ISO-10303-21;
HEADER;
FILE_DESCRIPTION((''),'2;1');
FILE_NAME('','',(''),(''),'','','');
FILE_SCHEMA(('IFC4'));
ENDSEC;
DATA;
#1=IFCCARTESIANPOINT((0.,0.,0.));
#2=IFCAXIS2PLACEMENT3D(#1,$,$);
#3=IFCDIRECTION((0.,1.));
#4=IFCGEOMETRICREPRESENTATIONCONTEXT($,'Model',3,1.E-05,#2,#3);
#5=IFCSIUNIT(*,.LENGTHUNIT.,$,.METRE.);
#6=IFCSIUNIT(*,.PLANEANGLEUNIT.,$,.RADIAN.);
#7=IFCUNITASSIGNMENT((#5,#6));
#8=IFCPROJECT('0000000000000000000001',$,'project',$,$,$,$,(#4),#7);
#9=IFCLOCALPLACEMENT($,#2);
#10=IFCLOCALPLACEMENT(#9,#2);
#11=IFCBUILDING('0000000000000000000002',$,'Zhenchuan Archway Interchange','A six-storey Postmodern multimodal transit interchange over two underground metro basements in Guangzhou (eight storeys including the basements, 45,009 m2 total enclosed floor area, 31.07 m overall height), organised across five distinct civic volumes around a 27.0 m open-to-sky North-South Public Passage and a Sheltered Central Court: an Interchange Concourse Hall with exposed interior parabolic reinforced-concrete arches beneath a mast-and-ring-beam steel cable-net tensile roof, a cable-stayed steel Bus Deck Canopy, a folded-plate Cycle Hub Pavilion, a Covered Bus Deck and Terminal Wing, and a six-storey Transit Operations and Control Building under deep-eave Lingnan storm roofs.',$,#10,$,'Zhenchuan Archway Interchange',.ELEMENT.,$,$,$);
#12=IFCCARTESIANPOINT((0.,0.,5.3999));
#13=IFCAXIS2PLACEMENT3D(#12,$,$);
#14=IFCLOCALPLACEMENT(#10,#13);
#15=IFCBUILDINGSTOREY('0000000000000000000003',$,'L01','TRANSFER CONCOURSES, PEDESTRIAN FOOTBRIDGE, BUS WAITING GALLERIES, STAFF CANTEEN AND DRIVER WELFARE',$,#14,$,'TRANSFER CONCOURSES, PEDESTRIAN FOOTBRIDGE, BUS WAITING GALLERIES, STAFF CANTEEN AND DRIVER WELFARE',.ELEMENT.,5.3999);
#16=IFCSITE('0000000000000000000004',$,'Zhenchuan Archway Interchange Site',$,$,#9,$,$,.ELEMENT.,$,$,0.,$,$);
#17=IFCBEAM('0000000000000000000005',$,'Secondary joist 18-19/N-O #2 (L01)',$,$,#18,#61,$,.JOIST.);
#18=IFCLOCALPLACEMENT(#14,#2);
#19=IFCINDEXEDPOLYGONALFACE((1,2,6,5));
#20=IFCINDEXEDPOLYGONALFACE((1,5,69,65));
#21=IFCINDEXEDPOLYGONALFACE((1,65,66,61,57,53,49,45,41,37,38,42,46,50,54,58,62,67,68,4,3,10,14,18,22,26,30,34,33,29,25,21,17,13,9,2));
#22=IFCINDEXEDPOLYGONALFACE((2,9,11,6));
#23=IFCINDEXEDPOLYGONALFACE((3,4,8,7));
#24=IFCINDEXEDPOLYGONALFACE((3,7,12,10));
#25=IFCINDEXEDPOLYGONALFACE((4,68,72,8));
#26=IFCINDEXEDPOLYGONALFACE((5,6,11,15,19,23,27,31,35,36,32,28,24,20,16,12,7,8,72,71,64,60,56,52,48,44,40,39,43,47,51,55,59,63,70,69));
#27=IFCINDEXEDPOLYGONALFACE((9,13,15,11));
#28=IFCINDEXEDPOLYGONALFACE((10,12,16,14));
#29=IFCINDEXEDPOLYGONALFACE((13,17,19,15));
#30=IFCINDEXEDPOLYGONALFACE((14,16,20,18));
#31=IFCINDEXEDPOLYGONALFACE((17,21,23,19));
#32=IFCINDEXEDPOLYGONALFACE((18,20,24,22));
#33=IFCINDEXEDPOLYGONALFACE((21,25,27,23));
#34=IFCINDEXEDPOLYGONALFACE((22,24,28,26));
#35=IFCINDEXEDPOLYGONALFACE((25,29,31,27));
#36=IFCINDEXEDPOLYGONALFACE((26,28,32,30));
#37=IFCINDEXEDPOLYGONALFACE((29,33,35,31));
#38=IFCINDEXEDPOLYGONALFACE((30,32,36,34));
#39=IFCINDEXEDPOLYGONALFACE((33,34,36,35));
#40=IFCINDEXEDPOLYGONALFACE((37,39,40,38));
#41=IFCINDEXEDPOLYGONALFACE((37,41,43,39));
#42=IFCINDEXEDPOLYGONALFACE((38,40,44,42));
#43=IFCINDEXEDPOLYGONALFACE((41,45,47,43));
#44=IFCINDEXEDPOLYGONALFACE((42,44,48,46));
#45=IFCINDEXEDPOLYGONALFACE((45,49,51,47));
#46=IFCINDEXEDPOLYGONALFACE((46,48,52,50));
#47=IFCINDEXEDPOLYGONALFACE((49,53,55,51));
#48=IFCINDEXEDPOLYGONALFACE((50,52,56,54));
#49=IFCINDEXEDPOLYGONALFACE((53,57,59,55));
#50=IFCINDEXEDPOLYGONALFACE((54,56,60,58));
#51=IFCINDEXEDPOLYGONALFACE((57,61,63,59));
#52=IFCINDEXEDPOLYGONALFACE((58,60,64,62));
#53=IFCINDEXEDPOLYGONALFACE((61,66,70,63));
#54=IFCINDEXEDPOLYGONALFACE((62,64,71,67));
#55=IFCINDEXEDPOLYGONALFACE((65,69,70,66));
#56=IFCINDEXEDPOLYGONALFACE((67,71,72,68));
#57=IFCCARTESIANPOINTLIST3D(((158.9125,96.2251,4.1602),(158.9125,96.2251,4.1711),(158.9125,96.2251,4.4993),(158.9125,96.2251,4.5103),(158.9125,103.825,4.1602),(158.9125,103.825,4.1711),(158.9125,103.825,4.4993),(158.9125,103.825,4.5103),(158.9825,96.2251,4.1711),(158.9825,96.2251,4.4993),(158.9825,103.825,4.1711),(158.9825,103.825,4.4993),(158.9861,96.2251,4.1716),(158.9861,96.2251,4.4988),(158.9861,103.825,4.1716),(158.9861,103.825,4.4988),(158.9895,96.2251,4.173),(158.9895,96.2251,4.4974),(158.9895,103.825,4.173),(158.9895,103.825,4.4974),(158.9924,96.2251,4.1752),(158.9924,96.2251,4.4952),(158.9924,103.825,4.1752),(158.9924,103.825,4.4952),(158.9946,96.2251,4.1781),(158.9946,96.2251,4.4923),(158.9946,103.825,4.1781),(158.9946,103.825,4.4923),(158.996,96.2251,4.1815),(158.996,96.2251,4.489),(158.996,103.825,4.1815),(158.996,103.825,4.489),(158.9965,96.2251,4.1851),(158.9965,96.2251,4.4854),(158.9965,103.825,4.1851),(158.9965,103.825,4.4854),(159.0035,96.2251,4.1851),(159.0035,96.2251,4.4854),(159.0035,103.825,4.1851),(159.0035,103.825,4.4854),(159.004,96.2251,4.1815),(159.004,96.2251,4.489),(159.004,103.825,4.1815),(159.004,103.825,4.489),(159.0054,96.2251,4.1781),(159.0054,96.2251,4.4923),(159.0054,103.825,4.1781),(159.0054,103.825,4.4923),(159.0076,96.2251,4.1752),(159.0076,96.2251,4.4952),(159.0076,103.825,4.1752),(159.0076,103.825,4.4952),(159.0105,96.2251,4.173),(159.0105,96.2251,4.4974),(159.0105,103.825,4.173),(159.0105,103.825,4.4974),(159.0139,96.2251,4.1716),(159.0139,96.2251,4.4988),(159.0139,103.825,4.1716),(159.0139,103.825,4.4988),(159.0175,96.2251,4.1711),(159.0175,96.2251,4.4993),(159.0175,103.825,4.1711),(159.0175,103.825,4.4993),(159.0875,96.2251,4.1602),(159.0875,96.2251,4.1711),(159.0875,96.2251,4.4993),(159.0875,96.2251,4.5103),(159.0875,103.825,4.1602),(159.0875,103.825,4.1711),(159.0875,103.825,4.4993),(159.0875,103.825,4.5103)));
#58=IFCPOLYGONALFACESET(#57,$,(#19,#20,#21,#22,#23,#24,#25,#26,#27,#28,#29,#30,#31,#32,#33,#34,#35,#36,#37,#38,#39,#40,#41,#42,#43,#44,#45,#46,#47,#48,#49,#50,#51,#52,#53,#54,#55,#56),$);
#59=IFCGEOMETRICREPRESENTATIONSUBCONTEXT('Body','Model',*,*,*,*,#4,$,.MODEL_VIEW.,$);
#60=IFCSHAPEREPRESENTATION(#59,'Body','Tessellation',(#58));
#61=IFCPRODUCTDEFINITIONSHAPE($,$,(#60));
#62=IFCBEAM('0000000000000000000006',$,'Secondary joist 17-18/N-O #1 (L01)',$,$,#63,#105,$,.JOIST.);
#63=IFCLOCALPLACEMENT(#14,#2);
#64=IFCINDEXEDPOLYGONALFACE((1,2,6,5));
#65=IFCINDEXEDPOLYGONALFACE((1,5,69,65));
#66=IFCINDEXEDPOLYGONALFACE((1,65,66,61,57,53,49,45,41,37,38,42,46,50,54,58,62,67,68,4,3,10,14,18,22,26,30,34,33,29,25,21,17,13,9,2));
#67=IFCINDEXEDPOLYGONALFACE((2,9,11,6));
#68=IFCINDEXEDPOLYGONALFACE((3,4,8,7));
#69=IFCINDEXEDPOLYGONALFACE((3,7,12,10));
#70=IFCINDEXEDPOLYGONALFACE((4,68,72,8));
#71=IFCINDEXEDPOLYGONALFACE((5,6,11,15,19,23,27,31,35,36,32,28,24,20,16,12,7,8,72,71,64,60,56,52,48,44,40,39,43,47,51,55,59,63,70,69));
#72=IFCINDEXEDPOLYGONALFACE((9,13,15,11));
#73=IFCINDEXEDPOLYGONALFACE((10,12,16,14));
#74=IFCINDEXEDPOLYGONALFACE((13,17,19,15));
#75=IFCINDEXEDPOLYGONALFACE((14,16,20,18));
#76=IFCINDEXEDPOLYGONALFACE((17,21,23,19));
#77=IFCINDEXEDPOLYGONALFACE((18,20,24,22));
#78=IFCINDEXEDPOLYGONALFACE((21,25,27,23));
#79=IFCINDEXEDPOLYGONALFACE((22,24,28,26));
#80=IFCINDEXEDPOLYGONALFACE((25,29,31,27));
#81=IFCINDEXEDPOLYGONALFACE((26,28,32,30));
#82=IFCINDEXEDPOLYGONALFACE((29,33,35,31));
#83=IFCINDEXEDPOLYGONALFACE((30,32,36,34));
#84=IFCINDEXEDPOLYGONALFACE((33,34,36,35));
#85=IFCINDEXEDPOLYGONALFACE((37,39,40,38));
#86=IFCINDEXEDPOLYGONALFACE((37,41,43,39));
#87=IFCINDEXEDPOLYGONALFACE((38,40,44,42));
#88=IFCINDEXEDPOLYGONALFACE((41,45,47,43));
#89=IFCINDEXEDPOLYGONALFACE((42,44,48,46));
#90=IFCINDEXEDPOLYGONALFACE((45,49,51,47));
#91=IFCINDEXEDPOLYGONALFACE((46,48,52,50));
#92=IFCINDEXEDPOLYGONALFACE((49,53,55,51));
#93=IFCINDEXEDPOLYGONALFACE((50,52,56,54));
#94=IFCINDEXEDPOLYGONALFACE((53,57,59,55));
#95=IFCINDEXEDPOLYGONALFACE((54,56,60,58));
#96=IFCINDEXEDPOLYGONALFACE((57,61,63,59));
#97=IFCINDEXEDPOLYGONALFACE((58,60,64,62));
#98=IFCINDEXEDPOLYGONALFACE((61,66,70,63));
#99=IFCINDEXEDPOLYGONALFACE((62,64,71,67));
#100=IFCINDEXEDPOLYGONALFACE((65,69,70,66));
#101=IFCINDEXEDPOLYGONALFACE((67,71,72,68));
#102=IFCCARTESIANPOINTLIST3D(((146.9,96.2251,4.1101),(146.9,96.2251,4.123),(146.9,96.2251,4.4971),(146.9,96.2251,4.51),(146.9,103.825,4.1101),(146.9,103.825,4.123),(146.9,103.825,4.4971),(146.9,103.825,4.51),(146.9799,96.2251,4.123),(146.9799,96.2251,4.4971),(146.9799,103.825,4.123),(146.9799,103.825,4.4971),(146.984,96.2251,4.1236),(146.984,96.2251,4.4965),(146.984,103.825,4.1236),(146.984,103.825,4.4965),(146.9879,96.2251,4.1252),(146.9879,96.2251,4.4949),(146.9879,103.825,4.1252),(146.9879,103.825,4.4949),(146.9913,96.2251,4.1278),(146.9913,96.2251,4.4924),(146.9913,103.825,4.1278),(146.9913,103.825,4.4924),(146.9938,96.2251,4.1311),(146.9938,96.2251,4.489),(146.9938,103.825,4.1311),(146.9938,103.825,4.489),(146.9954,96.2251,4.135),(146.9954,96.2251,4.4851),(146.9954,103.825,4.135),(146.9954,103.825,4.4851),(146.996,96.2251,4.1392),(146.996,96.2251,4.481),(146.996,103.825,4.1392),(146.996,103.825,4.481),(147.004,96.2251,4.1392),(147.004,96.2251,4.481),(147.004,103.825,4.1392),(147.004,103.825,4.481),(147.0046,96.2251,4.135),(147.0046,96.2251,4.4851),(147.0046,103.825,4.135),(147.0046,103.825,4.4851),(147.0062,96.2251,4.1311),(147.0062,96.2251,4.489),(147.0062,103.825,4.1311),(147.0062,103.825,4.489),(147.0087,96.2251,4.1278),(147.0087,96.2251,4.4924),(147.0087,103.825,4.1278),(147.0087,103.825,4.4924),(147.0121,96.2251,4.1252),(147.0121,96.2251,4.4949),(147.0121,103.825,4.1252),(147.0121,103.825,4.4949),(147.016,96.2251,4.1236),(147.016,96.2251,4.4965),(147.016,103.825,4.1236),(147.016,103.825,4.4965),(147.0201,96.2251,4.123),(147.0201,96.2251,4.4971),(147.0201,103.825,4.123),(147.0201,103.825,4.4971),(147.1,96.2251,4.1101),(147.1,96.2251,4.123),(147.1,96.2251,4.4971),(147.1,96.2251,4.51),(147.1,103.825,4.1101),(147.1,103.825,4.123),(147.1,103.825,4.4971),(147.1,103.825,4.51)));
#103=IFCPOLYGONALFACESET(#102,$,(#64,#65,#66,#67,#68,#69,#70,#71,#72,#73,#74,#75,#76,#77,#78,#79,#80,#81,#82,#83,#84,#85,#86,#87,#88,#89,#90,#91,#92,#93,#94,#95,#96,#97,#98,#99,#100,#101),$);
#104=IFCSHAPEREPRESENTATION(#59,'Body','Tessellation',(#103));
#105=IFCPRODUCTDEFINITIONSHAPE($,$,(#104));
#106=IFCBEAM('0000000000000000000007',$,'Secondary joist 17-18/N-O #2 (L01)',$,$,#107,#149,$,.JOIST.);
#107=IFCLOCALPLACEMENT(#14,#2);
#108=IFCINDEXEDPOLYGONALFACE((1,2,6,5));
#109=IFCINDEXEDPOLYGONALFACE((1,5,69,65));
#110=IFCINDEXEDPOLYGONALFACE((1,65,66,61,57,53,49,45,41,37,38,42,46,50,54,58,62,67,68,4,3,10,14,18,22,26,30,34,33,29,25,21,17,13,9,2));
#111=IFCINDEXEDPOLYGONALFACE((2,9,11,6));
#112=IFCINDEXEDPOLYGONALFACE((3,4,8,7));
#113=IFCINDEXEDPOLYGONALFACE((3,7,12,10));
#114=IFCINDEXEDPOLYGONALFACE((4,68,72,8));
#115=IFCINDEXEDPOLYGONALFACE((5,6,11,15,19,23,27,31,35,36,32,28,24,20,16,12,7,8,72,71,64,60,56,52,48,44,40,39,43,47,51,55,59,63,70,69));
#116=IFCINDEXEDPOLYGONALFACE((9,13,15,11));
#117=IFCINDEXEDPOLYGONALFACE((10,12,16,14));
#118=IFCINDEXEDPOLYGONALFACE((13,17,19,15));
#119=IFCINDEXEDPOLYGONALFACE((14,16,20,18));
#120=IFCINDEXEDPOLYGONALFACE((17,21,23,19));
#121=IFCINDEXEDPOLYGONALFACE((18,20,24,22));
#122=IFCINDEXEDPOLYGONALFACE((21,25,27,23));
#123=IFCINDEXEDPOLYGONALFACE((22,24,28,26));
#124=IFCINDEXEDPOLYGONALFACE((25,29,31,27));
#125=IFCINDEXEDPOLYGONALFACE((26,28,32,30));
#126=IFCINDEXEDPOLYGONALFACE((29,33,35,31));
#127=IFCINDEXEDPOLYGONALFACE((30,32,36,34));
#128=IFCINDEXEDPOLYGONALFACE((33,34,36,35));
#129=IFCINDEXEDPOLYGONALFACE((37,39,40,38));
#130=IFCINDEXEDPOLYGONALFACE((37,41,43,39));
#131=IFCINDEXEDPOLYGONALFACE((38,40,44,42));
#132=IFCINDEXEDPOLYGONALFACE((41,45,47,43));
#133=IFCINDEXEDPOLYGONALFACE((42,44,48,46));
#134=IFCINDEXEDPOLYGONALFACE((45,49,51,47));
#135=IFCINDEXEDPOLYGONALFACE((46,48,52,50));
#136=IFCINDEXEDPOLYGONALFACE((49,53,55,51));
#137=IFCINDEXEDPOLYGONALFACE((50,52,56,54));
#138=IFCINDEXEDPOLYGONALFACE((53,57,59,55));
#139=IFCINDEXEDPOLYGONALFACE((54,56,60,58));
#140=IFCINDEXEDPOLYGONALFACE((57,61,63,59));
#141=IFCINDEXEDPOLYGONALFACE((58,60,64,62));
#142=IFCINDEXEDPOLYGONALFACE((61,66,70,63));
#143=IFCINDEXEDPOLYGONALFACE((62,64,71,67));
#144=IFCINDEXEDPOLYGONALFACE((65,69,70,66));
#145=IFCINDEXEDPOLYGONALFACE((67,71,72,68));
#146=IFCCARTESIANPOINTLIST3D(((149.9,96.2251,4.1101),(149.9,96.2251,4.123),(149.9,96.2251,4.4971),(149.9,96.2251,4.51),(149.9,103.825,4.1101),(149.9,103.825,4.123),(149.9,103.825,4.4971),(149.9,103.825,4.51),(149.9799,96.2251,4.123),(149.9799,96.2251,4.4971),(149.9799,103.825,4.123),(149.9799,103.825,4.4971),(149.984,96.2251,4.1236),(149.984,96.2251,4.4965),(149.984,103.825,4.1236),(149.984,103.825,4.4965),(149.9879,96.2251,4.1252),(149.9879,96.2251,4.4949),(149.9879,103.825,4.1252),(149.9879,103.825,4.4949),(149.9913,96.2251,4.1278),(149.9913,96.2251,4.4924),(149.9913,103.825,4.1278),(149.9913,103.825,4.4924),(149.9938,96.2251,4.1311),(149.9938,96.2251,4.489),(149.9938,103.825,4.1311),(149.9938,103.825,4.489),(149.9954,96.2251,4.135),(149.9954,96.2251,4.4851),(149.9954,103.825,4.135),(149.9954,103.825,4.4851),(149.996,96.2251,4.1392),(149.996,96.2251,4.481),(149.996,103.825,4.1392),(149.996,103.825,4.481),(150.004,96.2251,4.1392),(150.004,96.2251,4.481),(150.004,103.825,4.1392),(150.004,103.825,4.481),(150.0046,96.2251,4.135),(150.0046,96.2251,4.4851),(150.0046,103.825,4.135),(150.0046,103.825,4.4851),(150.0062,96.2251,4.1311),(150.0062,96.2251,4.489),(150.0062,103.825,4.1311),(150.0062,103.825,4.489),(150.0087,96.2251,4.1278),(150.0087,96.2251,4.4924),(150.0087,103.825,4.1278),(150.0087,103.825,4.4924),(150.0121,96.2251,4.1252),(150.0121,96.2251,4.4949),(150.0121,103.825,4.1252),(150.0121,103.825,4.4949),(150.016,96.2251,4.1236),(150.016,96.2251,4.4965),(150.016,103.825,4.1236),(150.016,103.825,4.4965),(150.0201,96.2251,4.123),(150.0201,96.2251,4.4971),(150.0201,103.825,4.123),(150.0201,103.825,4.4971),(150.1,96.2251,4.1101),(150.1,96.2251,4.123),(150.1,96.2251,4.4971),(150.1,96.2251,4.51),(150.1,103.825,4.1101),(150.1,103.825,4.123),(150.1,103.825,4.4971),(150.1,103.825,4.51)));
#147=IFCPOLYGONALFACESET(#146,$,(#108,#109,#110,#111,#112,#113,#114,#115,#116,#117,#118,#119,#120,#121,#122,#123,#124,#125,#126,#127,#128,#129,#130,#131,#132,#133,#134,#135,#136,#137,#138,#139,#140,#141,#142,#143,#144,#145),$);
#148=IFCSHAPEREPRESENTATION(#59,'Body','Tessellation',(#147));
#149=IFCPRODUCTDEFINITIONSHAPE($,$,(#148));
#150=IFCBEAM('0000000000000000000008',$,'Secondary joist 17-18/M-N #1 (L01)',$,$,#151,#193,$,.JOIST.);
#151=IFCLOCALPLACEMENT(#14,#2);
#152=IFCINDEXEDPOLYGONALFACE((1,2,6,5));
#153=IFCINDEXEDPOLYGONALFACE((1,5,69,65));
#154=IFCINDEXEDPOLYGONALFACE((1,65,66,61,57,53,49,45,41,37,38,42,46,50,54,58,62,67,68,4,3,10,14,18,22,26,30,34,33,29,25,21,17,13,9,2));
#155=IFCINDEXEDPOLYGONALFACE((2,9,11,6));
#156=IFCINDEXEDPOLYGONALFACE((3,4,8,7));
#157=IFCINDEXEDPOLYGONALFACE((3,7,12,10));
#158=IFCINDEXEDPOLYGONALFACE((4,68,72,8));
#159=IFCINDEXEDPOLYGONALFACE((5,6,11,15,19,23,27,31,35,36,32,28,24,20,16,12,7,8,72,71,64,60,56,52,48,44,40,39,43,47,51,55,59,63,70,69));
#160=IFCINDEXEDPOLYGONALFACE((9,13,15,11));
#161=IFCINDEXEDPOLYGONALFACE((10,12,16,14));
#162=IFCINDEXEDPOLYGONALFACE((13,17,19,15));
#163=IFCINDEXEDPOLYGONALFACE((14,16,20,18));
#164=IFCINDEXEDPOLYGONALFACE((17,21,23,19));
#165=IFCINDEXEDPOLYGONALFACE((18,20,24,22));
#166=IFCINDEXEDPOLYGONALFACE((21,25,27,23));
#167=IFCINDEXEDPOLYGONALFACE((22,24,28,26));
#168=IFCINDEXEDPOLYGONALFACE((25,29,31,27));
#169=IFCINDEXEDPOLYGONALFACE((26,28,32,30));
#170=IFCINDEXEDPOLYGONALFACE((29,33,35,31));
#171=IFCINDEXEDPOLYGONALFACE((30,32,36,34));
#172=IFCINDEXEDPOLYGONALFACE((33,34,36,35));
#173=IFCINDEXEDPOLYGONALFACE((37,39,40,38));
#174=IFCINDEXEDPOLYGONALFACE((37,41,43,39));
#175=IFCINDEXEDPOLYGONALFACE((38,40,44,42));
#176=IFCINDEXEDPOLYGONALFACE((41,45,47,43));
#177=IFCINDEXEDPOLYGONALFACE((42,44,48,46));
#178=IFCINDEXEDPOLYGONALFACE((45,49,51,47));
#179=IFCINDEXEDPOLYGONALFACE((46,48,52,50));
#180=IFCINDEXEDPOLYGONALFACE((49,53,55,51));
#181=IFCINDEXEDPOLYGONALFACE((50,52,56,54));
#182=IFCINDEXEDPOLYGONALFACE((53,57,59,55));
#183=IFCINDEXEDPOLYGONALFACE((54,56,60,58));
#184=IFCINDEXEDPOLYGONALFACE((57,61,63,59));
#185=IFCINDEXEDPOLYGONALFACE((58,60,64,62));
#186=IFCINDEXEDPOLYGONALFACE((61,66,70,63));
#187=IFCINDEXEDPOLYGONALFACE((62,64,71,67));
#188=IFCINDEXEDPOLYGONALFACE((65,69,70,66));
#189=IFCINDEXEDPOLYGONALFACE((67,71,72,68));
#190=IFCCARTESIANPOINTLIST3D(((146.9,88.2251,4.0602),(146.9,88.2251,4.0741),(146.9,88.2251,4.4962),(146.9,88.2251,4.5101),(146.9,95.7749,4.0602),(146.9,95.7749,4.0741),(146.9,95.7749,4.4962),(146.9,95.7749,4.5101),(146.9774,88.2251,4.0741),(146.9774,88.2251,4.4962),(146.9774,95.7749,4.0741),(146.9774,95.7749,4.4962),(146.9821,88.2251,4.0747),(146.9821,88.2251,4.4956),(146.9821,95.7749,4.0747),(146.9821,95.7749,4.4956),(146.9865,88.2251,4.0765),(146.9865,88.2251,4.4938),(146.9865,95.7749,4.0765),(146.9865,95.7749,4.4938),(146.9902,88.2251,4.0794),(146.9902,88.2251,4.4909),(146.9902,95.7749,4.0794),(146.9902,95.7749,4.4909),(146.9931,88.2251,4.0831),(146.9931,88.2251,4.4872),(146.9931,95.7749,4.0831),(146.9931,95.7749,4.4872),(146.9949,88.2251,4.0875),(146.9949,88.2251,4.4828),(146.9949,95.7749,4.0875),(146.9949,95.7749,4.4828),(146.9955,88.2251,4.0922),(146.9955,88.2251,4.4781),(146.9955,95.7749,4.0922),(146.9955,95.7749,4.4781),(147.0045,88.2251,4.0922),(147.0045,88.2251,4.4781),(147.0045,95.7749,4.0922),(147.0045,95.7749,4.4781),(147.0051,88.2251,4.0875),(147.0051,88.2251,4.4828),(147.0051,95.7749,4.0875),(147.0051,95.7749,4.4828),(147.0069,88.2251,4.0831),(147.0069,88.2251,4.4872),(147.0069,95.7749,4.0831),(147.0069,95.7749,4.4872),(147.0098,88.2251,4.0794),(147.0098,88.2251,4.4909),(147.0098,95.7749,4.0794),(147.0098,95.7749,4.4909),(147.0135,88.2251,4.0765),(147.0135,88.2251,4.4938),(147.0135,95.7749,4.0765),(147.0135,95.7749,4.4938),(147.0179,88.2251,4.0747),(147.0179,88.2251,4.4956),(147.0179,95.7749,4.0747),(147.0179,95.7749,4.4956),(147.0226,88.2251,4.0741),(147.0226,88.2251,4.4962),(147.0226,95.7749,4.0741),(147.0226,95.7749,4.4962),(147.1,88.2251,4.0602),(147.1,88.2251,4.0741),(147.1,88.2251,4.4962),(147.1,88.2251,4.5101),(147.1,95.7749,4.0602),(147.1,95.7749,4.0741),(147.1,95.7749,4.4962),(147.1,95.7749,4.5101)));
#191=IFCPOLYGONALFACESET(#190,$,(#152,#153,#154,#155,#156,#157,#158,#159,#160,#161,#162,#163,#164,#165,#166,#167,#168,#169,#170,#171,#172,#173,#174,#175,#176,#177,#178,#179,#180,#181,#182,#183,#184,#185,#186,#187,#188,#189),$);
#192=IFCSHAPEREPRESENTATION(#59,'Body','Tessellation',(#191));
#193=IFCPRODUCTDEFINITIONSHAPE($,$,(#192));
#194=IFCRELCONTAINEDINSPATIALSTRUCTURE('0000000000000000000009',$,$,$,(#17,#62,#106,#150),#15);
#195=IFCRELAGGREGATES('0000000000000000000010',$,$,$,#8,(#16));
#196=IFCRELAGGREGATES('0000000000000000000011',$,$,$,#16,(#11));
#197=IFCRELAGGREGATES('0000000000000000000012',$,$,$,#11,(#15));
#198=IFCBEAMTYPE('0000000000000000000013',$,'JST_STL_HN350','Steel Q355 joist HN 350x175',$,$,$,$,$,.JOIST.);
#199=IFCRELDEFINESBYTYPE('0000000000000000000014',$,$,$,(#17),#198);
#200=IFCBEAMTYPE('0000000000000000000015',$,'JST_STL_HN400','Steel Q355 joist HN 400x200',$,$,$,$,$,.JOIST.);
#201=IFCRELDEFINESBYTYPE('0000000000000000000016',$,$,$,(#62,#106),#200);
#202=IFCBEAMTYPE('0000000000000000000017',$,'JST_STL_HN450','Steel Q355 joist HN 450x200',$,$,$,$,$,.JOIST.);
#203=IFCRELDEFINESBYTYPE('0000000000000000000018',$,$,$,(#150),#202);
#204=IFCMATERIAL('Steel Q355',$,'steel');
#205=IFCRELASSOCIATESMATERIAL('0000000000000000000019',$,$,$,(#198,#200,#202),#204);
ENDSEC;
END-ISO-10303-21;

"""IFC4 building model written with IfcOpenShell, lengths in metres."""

from ifc_helpers import new_model, si_unit, direction, frame, origin, origin_2d, place, context, subcontext, project, spatial, i_section, extrude, material, material_profile, profile_set, type_object, element, save


model = new_model("IFC4")

# Units and contexts
model_context = context("Model", 3, precision=1e-05, world=origin(), true_north=direction((0.0, 1.0)))
body_context = subcontext(model_context, "Body", "Model", "MODEL_VIEW")
ifc_project = project(units=[si_unit("LENGTHUNIT", "METRE"), si_unit("PLANEANGLEUNIT", "RADIAN")], contexts=[model_context])

# Site, building, storey
site_placement = place(None, origin())
site = spatial("IfcSite", under=ifc_project, at=site_placement, Name="Zhenchuan Archway Interchange Site", CompositionType="ELEMENT", RefElevation=0.0)
building_placement = place(site_placement, origin())
building = spatial("IfcBuilding", under=site, at=building_placement, Name="Zhenchuan Archway Interchange", Description="A six-storey Postmodern multimodal transit interchange over two underground metro basements in Guangzhou (eight storeys including the basements, 45,009 m2 total enclosed floor area, 31.07 m overall height), organised across five distinct civic volumes around a 27.0 m open-to-sky North-South Public Passage and a Sheltered Central Court: an Interchange Concourse Hall with exposed interior parabolic reinforced-concrete arches beneath a mast-and-ring-beam steel cable-net tensile roof, a cable-stayed steel Bus Deck Canopy, a folded-plate Cycle Hub Pavilion, a Covered Bus Deck and Terminal Wing, and a six-storey Transit Operations and Control Building under deep-eave Lingnan storm roofs.", LongName="Zhenchuan Archway Interchange", CompositionType="ELEMENT")
storey_placement = place(building_placement, frame((0.0, 0.0, 5.3999)))
storey = spatial("IfcBuildingStorey", under=building, at=storey_placement, Name="L01", Description="TRANSFER CONCOURSES, PEDESTRIAN FOOTBRIDGE, BUS WAITING GALLERIES, STAFF CANTEEN AND DRIVER WELFARE", LongName="TRANSFER CONCOURSES, PEDESTRIAN FOOTBRIDGE, BUS WAITING GALLERIES, STAFF CANTEEN AND DRIVER WELFARE", CompositionType="ELEMENT", Elevation=5.3999)

# Beams
ifc_material_1 = material(Name="Steel Q355", Category="steel")
ifc_material_profile_1 = material_profile(ifc_material_1, i_section(OverallWidth=0.175, OverallDepth=0.3501, WebThickness=0.0071, FlangeThickness=0.011, FilletRadius=0.0139, at=origin_2d()), Name="HN 350x175")
ifc_profile_set_1 = profile_set([ifc_material_profile_1], Name="Steel Q355")
beam_type_1 = type_object("IfcBeamType", Name="JST_STL_HN350", Description="Steel Q355 joist HN 350x175", PredefinedType="JOIST", material=ifc_profile_set_1)
for number, where, z_axis, x_axis, name in (
    (1, (159.0, 96.2251, 4.3352), (0.0, 1.0, 0.0), (-1.0, 0.0, 0.0), "Secondary joist 18-19/N-O #2 (L01)"),
):
    element("IfcBeam", number, at=place(storey_placement, frame(where, z_axis=z_axis, x_axis=x_axis)), inside=storey, type_object=beam_type_1, Name=name, PredefinedType="JOIST", context=body_context, shape_type="SweptSolid", body=[
        extrude(i_section(OverallWidth=0.175, OverallDepth=0.3501, WebThickness=0.0071, FlangeThickness=0.011, FilletRadius=0.0139, at=origin_2d()), origin(), (0.0, 0.0, 1.0), 7.5999),
    ])
ifc_material_profile_2 = material_profile(ifc_material_1, i_section(OverallWidth=0.2, OverallDepth=0.3999, WebThickness=0.0081, FlangeThickness=0.0129, FilletRadius=0.0161, at=origin_2d()), Name="HN 400x200")
ifc_profile_set_2 = profile_set([ifc_material_profile_2], Name="Steel Q355")
beam_type_2 = type_object("IfcBeamType", Name="JST_STL_HN400", Description="Steel Q355 joist HN 400x200", PredefinedType="JOIST", material=ifc_profile_set_2)
for number, where, z_axis, x_axis, name in (
    (2, (147.0, 96.2251, 4.3101), (0.0, 1.0, 0.0), (-1.0, 0.0, 0.0), "Secondary joist 17-18/N-O #1 (L01)"),
    (3, (150.0, 96.2251, 4.3101), (0.0, 1.0, 0.0), (-1.0, 0.0, 0.0), "Secondary joist 17-18/N-O #2 (L01)"),
):
    element("IfcBeam", number, at=place(storey_placement, frame(where, z_axis=z_axis, x_axis=x_axis)), inside=storey, type_object=beam_type_2, Name=name, PredefinedType="JOIST", context=body_context, shape_type="SweptSolid", body=[
        extrude(i_section(OverallWidth=0.2, OverallDepth=0.3999, WebThickness=0.0081, FlangeThickness=0.0129, FilletRadius=0.0161, at=origin_2d()), origin(), (0.0, 0.0, 1.0), 7.5999),
    ])
ifc_material_profile_3 = material_profile(ifc_material_1, i_section(OverallWidth=0.2, OverallDepth=0.45, WebThickness=0.009, FlangeThickness=0.0139, FilletRadius=0.0181, at=origin_2d()), Name="HN 450x200")
ifc_profile_set_3 = profile_set([ifc_material_profile_3], Name="Steel Q355")
beam_type_3 = type_object("IfcBeamType", Name="JST_STL_HN450", Description="Steel Q355 joist HN 450x200", PredefinedType="JOIST", material=ifc_profile_set_3)
for number, where, z_axis, x_axis, name in (
    (4, (147.0, 88.2251, 4.2852), (0.0, 1.0, 0.0), (-1.0, 0.0, 0.0), "Secondary joist 17-18/M-N #1 (L01)"),
):
    element("IfcBeam", number, at=place(storey_placement, frame(where, z_axis=z_axis, x_axis=x_axis)), inside=storey, type_object=beam_type_3, Name=name, PredefinedType="JOIST", context=body_context, shape_type="SweptSolid", body=[
        extrude(i_section(OverallWidth=0.2, OverallDepth=0.45, WebThickness=0.009, FlangeThickness=0.0139, FilletRadius=0.0181, at=origin_2d()), origin(), (0.0, 0.0, 1.0), 7.5498),
    ])

save(model, "model.ifc")
